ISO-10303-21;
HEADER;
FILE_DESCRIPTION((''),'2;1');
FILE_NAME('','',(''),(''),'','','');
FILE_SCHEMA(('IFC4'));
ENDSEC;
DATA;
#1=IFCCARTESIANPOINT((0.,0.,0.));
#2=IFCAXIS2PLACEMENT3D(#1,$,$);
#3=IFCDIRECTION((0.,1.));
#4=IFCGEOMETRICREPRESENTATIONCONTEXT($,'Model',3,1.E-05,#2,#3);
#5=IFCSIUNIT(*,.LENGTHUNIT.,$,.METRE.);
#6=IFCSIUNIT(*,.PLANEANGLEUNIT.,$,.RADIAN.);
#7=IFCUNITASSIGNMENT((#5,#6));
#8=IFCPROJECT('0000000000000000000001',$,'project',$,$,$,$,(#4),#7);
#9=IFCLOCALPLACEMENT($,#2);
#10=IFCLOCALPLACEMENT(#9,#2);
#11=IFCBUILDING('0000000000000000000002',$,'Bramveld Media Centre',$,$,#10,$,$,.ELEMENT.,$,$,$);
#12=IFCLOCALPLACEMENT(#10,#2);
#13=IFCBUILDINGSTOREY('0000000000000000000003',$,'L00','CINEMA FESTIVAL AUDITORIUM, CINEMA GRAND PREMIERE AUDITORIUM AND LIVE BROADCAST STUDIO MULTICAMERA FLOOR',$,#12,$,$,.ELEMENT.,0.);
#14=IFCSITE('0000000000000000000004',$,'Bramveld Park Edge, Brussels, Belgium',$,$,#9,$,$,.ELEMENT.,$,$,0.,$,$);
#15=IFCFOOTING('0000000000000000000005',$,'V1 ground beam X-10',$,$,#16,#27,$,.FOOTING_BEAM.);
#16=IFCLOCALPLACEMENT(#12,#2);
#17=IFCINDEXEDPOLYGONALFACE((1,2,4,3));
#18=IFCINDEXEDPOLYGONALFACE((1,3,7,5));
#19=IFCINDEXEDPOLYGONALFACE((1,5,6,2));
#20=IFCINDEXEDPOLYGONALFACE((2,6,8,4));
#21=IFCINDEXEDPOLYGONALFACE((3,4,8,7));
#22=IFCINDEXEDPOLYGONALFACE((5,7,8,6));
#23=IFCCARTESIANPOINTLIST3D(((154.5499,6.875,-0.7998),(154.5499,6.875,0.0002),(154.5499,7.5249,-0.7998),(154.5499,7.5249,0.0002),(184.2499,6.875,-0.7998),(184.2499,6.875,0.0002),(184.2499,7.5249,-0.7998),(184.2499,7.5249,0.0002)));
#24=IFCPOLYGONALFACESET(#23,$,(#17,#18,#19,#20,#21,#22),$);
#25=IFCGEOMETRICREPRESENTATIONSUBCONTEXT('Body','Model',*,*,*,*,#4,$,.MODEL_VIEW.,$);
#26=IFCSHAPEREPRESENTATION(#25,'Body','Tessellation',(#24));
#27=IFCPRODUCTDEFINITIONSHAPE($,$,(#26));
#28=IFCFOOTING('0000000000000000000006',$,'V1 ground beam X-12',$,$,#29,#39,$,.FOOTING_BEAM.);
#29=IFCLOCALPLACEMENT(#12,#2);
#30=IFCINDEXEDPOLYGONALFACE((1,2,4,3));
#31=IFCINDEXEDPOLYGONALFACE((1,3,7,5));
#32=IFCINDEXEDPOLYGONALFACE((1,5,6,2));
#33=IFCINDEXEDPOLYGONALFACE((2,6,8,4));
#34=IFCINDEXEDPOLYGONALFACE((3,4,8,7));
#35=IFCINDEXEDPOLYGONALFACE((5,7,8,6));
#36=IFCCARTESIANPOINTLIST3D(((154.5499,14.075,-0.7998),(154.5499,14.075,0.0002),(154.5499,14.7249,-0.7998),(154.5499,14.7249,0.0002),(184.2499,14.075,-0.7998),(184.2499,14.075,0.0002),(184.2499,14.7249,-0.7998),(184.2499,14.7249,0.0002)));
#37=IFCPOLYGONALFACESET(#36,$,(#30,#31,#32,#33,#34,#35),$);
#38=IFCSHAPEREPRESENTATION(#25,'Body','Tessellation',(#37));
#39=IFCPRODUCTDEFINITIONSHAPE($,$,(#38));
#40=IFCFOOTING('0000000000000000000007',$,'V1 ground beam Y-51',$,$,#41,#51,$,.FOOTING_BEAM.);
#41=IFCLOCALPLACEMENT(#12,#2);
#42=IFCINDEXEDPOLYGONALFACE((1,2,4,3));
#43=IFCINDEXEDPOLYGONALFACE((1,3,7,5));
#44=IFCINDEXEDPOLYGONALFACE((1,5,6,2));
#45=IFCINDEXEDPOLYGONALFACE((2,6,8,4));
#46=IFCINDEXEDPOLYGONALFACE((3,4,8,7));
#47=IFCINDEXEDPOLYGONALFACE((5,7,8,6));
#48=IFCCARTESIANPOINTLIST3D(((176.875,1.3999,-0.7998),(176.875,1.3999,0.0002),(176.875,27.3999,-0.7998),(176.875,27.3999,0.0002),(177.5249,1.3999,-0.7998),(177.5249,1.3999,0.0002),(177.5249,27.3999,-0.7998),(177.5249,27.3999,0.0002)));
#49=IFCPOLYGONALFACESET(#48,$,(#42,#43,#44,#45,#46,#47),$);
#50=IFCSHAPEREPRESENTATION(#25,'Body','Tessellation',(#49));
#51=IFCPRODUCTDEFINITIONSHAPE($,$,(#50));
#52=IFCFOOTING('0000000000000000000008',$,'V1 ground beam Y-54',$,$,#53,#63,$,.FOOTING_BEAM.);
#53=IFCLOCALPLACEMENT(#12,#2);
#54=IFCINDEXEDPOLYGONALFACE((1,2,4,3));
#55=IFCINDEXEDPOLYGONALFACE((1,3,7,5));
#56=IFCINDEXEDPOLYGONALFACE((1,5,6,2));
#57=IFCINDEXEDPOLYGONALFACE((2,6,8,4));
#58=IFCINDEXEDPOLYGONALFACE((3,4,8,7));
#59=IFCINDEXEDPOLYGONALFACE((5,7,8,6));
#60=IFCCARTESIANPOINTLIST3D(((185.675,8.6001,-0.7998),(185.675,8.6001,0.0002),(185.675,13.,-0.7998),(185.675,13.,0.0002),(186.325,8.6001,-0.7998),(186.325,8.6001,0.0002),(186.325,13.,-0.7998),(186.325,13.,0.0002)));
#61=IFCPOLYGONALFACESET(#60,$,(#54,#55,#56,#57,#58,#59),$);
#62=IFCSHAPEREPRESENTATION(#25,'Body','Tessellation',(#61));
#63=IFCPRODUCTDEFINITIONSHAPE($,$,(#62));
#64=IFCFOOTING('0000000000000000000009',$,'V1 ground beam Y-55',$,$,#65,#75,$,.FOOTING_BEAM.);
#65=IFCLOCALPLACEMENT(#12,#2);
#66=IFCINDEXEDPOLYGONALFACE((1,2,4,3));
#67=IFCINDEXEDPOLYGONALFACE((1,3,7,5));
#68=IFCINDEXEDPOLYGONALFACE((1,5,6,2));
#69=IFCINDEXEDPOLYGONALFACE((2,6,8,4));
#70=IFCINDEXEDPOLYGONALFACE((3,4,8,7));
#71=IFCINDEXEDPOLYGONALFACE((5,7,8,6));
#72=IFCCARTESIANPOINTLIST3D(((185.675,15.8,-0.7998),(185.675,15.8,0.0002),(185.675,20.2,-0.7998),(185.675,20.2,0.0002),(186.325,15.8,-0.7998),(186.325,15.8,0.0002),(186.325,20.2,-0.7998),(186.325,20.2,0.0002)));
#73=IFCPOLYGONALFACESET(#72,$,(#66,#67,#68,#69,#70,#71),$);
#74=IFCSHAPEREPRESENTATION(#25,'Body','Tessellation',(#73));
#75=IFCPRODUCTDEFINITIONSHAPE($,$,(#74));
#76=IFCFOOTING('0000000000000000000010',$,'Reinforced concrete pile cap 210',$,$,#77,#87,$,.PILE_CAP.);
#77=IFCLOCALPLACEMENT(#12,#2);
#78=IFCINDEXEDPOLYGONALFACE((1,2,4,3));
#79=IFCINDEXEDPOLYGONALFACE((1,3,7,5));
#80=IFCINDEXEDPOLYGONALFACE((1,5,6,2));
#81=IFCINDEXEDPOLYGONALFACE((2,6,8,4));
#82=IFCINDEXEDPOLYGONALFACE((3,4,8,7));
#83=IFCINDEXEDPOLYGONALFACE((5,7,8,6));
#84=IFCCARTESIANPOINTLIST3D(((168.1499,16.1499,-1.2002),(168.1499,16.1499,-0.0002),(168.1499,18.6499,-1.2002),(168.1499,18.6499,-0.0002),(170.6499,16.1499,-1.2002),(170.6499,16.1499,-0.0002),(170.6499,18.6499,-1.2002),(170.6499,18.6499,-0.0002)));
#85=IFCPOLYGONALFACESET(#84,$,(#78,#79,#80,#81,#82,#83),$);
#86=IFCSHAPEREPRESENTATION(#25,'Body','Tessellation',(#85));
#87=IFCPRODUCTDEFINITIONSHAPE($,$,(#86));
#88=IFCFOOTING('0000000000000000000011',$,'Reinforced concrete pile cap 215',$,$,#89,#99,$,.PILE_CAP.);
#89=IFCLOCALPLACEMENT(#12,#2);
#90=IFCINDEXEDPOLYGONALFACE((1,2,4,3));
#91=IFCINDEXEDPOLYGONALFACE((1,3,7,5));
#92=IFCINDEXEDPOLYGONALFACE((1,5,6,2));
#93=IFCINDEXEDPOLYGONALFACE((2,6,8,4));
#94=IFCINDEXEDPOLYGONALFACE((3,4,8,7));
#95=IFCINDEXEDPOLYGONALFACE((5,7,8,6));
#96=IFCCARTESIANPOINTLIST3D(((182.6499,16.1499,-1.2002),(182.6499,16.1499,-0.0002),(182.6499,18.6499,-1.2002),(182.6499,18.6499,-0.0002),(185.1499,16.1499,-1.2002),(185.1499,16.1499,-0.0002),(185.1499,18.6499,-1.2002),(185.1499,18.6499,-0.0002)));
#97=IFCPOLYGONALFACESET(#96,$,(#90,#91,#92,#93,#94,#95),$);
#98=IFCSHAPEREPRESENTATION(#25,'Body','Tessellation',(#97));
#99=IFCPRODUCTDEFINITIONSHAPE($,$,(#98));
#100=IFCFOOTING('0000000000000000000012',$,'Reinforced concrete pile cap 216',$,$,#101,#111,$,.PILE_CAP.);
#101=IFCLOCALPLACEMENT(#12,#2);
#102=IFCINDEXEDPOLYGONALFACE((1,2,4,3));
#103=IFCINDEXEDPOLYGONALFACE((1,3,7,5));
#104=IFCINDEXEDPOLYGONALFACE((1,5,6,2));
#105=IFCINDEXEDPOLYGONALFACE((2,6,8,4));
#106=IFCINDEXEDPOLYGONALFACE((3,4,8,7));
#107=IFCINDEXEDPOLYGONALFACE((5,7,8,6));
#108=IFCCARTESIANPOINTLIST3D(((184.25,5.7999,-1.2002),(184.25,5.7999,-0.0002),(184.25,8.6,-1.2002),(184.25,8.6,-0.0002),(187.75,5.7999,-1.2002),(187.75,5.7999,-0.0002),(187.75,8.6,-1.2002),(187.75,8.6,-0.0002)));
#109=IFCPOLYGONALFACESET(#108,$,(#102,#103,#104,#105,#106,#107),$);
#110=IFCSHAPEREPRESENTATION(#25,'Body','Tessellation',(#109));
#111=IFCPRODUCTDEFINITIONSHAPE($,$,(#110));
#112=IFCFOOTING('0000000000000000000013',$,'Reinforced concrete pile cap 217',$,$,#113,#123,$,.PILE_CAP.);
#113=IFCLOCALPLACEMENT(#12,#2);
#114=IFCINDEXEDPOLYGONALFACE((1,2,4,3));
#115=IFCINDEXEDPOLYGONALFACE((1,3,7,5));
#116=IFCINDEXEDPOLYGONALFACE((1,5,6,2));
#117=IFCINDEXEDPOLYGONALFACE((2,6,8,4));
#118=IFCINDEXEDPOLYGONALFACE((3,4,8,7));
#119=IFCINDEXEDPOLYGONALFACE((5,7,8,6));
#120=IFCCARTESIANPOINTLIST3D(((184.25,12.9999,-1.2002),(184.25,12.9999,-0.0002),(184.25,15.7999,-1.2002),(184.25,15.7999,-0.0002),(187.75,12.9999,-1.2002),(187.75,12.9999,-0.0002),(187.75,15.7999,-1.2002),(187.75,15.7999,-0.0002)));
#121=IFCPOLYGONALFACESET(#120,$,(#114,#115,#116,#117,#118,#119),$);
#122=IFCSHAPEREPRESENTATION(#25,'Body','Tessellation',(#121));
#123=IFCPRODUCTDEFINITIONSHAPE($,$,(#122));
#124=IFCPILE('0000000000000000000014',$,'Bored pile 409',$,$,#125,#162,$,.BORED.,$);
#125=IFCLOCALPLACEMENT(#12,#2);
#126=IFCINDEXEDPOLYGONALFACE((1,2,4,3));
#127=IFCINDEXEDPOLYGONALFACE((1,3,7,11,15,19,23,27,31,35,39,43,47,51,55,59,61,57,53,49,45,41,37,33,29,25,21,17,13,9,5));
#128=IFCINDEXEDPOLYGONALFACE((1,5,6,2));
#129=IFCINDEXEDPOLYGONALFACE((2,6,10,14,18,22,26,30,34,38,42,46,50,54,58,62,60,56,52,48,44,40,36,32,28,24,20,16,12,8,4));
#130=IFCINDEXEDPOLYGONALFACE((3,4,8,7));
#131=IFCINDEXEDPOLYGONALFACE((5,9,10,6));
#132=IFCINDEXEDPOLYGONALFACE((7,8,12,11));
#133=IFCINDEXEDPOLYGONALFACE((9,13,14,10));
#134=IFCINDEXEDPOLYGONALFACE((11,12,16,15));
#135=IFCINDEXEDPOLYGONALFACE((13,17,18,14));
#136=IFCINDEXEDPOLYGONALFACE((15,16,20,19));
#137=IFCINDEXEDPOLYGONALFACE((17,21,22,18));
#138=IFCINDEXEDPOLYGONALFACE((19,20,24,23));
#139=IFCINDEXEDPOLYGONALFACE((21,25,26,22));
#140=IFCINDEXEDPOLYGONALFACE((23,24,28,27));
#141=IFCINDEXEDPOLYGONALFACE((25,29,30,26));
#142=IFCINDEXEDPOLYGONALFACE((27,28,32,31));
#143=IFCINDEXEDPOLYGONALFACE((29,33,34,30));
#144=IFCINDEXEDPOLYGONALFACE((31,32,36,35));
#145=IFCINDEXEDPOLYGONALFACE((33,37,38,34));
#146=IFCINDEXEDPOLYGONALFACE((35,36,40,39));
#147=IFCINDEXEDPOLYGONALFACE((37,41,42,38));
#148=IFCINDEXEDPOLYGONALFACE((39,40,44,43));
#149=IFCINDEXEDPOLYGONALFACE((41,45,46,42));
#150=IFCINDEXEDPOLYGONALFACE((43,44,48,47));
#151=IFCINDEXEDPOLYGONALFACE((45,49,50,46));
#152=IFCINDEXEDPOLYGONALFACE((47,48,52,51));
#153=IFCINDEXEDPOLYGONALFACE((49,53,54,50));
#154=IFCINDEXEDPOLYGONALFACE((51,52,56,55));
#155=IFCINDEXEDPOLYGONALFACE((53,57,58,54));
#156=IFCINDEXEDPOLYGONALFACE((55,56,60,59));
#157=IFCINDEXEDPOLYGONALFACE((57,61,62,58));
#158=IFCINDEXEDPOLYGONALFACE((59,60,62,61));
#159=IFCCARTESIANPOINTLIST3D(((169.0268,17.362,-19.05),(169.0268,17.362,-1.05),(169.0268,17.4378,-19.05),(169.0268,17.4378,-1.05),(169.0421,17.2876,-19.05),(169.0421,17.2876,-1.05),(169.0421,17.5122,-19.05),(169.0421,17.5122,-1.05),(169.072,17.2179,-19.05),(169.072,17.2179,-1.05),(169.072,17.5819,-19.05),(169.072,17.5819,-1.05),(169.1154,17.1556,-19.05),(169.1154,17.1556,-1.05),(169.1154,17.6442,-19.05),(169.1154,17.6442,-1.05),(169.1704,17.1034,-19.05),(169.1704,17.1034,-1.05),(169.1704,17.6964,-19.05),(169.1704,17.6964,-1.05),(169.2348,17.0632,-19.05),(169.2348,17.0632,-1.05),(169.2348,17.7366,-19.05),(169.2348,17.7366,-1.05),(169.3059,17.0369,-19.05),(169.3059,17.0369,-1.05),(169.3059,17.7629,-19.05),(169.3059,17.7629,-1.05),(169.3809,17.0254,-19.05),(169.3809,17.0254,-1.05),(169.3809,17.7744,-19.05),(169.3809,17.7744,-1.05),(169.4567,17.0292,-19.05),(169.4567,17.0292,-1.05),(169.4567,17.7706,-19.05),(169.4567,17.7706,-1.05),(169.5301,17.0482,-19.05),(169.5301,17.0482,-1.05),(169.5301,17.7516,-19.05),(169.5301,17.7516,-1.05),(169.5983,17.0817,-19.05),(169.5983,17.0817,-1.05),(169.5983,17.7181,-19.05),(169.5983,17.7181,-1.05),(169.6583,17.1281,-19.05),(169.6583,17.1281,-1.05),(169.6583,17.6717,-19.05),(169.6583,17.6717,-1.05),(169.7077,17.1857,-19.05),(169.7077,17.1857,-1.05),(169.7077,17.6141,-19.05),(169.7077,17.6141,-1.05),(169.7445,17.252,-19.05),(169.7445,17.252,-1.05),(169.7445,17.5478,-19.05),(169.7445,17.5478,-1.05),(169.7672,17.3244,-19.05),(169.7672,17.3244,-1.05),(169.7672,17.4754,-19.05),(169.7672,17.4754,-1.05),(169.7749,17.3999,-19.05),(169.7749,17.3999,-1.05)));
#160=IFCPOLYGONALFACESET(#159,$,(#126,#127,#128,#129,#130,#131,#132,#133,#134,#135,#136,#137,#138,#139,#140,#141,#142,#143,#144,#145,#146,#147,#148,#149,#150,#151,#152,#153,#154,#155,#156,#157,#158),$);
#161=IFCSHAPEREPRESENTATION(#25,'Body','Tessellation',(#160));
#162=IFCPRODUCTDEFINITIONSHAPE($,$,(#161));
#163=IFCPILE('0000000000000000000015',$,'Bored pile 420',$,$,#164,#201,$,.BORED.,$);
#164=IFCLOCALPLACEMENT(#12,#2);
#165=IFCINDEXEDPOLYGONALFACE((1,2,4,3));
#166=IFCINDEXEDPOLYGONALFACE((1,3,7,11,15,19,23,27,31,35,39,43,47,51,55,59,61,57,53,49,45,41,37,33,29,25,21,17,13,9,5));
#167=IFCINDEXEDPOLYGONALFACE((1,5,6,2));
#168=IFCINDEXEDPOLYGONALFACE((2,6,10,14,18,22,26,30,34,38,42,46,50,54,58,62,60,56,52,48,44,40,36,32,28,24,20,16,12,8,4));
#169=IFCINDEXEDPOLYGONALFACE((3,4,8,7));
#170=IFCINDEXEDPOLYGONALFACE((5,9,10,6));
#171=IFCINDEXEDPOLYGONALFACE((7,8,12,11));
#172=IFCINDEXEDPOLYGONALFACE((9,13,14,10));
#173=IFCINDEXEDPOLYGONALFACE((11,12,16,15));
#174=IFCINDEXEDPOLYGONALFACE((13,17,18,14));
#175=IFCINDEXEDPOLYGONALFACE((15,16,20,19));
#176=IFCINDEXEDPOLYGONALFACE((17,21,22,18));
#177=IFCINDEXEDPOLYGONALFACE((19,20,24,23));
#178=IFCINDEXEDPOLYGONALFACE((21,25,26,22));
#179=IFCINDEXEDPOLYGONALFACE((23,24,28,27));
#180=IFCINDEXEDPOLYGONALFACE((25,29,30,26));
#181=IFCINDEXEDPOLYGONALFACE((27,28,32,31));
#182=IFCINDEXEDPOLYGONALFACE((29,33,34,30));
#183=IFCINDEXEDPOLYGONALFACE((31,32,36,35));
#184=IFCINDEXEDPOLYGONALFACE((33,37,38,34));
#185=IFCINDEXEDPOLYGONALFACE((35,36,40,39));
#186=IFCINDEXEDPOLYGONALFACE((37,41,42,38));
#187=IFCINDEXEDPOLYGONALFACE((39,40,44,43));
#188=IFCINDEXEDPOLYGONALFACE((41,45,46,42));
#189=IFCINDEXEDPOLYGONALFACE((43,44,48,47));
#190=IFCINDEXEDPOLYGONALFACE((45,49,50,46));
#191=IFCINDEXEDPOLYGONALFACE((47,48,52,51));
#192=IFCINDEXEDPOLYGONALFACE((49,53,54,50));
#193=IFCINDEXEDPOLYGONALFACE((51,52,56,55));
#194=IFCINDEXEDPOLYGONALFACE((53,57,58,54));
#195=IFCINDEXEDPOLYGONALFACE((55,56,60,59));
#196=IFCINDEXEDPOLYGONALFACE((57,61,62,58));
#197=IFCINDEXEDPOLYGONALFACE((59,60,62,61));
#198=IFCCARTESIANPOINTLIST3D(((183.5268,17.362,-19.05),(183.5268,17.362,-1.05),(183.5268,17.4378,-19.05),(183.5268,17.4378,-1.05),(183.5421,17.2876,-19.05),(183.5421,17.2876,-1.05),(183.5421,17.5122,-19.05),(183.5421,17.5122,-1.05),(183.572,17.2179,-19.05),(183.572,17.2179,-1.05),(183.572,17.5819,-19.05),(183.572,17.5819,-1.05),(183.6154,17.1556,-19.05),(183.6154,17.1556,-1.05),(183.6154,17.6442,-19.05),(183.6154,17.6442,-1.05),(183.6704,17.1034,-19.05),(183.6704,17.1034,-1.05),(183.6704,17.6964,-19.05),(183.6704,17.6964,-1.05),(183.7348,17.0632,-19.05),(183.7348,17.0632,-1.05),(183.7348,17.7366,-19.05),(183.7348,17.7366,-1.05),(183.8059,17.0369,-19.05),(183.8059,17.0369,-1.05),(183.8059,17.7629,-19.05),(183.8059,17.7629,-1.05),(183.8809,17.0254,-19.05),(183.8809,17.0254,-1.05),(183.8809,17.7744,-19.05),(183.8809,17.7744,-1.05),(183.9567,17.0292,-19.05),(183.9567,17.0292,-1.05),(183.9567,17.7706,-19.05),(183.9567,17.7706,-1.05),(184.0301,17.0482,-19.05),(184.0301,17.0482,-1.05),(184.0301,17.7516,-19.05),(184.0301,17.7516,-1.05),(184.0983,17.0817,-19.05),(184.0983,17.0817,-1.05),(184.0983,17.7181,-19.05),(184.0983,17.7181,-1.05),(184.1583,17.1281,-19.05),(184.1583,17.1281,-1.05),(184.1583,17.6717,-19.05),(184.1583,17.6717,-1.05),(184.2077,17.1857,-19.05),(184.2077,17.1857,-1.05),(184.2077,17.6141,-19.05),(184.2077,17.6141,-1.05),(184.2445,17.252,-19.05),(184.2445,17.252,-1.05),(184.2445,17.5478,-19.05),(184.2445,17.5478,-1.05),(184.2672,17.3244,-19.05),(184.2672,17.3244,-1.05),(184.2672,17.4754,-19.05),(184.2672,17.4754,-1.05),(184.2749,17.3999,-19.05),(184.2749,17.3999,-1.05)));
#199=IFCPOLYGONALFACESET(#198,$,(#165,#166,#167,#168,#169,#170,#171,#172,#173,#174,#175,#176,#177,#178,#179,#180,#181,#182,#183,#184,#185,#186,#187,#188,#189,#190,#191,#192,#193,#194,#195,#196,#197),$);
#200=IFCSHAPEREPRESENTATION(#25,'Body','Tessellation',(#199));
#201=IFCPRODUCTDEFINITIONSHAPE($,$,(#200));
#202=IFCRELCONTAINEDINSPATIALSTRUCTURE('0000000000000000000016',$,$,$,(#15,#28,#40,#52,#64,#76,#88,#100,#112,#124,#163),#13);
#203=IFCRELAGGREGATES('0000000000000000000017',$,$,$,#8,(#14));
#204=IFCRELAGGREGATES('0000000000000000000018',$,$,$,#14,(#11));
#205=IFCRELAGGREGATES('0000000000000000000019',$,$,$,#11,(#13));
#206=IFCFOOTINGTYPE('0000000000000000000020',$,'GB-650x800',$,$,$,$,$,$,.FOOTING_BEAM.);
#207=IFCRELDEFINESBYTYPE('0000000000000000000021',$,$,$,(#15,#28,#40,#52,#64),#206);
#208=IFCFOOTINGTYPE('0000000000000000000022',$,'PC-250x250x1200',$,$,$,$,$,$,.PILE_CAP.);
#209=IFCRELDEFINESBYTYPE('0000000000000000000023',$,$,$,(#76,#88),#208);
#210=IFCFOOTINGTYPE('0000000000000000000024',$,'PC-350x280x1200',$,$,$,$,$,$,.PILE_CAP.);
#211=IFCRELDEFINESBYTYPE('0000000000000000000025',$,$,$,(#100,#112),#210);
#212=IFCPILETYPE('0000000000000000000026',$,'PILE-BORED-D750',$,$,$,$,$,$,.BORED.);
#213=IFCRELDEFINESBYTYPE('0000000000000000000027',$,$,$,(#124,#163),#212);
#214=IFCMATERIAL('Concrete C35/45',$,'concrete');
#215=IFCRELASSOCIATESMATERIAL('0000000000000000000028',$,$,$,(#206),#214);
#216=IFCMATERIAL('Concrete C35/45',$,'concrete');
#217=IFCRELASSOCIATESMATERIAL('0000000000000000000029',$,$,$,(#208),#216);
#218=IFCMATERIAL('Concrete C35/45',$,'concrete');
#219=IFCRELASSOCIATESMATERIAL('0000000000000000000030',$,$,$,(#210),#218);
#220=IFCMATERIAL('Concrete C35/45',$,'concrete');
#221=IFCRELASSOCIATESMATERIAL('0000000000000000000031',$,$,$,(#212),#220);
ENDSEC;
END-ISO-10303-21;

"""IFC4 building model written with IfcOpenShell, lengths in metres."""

from ifc_helpers import new_model, si_unit, direction, frame, origin, origin_2d, place, context, subcontext, project, spatial, rectangle, circle, extrude, material, material_profile, profile_set, type_object, element, save


model = new_model("IFC4")

# Units and contexts
model_context = context("Model", 3, precision=1e-05, world=origin(), true_north=direction((0.0, 1.0)))
body_context = subcontext(model_context, "Body", "Model", "MODEL_VIEW")
ifc_project = project(units=[si_unit("LENGTHUNIT", "METRE"), si_unit("PLANEANGLEUNIT", "RADIAN")], contexts=[model_context])

# Site, building, storey
site_placement = place(None, origin())
site = spatial("IfcSite", under=ifc_project, at=site_placement, Name="Bramveld Park Edge, Brussels, Belgium", CompositionType="ELEMENT", RefElevation=0.0)
building_placement = place(site_placement, origin())
building = spatial("IfcBuilding", under=site, at=building_placement, Name="Bramveld Media Centre", CompositionType="ELEMENT")
storey_placement = place(building_placement, origin())
storey = spatial("IfcBuildingStorey", under=building, at=storey_placement, Name="L00", Description="CINEMA FESTIVAL AUDITORIUM, CINEMA GRAND PREMIERE AUDITORIUM AND LIVE BROADCAST STUDIO MULTICAMERA FLOOR", CompositionType="ELEMENT", Elevation=0.0)

# Footings
ifc_material_1 = material(Name="Concrete C35/45", Category="concrete")
footing_type_1 = type_object("IfcFootingType", Name="GB-650x800", PredefinedType="FOOTING_BEAM", material=ifc_material_1)
for number, where, z_axis, x_axis, name in (
    (1, (169.3999, 7.2, -0.7998), (0.0, 0.0, 1.0), (1.0, 0.0, 0.0), "V1 ground beam X-10"),
    (2, (169.3999, 14.3999, -0.7998), (0.0, 0.0, 1.0), (1.0, 0.0, 0.0), "V1 ground beam X-12"),
):
    element("IfcFooting", number, at=place(storey_placement, frame(where, z_axis=z_axis, x_axis=x_axis)), inside=storey, type_object=footing_type_1, Name=name, PredefinedType="FOOTING_BEAM", context=body_context, shape_type="SweptSolid", body=[
        extrude(rectangle(XDim=29.7, YDim=0.6499, at=origin_2d()), origin(), (0.0, 0.0, 1.0), 0.8),
    ])
footing_placement = place(storey_placement, frame((177.2, 14.3999, -0.7998), z_axis=(0.0, 0.0, 1.0), x_axis=(1.0, 0.0, 0.0)))
element("IfcFooting", 3, at=footing_placement, inside=storey, type_object=footing_type_1, Name="V1 ground beam Y-51", PredefinedType="FOOTING_BEAM", context=body_context, shape_type="SweptSolid", body=[
    extrude(rectangle(XDim=0.6499, YDim=26.0, at=origin_2d()), origin(), (0.0, 0.0, 1.0), 0.8),
])
for number, where, z_axis, x_axis, name in (
    (4, (186.0, 10.8, -0.7998), (0.0, 0.0, 1.0), (1.0, 0.0, 0.0), "V1 ground beam Y-54"),
    (5, (186.0, 18.0, -0.7998), (0.0, 0.0, 1.0), (1.0, 0.0, 0.0), "V1 ground beam Y-55"),
):
    element("IfcFooting", number, at=place(storey_placement, frame(where, z_axis=z_axis, x_axis=x_axis)), inside=storey, type_object=footing_type_1, Name=name, PredefinedType="FOOTING_BEAM", context=body_context, shape_type="SweptSolid", body=[
        extrude(rectangle(XDim=0.6499, YDim=4.3999, at=origin_2d()), origin(), (0.0, 0.0, 1.0), 0.8),
    ])
ifc_material_2 = material(Name="Concrete C35/45", Category="concrete")
footing_type_2 = type_object("IfcFootingType", Name="PC-250x250x1200", PredefinedType="PILE_CAP", material=ifc_material_2)
for number, where, z_axis, x_axis, name in (
    (6, (169.3999, 17.3999, -1.2002), (0.0, 0.0, 1.0), (1.0, 0.0, 0.0), "Reinforced concrete pile cap 210"),
    (7, (183.8999, 17.3999, -1.2002), (0.0, 0.0, 1.0), (1.0, 0.0, 0.0), "Reinforced concrete pile cap 215"),
):
    element("IfcFooting", number, at=place(storey_placement, frame(where, z_axis=z_axis, x_axis=x_axis)), inside=storey, type_object=footing_type_2, Name=name, PredefinedType="PILE_CAP", context=body_context, shape_type="SweptSolid", body=[
        extrude(rectangle(XDim=2.5, YDim=2.5, at=origin_2d()), origin(), (0.0, 0.0, 1.0), 1.2),
    ])
ifc_material_3 = material(Name="Concrete C35/45", Category="concrete")
footing_type_3 = type_object("IfcFootingType", Name="PC-350x280x1200", PredefinedType="PILE_CAP", material=ifc_material_3)
for number, where, z_axis, x_axis, name in (
    (8, (186.0, 7.2, -1.2002), (0.0, 0.0, 1.0), (1.0, 0.0, 0.0), "Reinforced concrete pile cap 216"),
    (9, (186.0, 14.3999, -1.2002), (0.0, 0.0, 1.0), (1.0, 0.0, 0.0), "Reinforced concrete pile cap 217"),
):
    element("IfcFooting", number, at=place(storey_placement, frame(where, z_axis=z_axis, x_axis=x_axis)), inside=storey, type_object=footing_type_3, Name=name, PredefinedType="PILE_CAP", context=body_context, shape_type="SweptSolid", body=[
        extrude(rectangle(XDim=3.5, YDim=2.8, at=origin_2d()), origin(), (0.0, 0.0, 1.0), 1.2),
    ])

# Piles
ifc_material_4 = material(Name="Concrete C35/45", Category="concrete")
ifc_material_profile_1 = material_profile(ifc_material_4, circle(Radius=0.375, at=origin_2d()), Name="BORED D750")
ifc_profile_set_1 = profile_set([ifc_material_profile_1], Name="Concrete C35/45")
pile_type = type_object("IfcPileType", Name="PILE-BORED-D750", PredefinedType="BORED", material=ifc_profile_set_1)
for number, where, z_axis, x_axis, name in (
    (10, (169.3999, 17.3999, -1.05), (0.0, 0.0, -1.0), (1.0, 0.0, 0.0), "Bored pile 409"),
    (11, (183.8999, 17.3999, -1.05), (0.0, 0.0, -1.0), (1.0, 0.0, 0.0), "Bored pile 420"),
):
    element("IfcPile", number, at=place(storey_placement, frame(where, z_axis=z_axis, x_axis=x_axis)), inside=storey, type_object=pile_type, Name=name, PredefinedType="BORED", context=body_context, shape_type="SweptSolid", body=[
        extrude(circle(Radius=0.375, at=origin_2d()), origin(), (0.0, 0.0, 1.0), 18.0),
    ])

save(model, "model.ifc")
